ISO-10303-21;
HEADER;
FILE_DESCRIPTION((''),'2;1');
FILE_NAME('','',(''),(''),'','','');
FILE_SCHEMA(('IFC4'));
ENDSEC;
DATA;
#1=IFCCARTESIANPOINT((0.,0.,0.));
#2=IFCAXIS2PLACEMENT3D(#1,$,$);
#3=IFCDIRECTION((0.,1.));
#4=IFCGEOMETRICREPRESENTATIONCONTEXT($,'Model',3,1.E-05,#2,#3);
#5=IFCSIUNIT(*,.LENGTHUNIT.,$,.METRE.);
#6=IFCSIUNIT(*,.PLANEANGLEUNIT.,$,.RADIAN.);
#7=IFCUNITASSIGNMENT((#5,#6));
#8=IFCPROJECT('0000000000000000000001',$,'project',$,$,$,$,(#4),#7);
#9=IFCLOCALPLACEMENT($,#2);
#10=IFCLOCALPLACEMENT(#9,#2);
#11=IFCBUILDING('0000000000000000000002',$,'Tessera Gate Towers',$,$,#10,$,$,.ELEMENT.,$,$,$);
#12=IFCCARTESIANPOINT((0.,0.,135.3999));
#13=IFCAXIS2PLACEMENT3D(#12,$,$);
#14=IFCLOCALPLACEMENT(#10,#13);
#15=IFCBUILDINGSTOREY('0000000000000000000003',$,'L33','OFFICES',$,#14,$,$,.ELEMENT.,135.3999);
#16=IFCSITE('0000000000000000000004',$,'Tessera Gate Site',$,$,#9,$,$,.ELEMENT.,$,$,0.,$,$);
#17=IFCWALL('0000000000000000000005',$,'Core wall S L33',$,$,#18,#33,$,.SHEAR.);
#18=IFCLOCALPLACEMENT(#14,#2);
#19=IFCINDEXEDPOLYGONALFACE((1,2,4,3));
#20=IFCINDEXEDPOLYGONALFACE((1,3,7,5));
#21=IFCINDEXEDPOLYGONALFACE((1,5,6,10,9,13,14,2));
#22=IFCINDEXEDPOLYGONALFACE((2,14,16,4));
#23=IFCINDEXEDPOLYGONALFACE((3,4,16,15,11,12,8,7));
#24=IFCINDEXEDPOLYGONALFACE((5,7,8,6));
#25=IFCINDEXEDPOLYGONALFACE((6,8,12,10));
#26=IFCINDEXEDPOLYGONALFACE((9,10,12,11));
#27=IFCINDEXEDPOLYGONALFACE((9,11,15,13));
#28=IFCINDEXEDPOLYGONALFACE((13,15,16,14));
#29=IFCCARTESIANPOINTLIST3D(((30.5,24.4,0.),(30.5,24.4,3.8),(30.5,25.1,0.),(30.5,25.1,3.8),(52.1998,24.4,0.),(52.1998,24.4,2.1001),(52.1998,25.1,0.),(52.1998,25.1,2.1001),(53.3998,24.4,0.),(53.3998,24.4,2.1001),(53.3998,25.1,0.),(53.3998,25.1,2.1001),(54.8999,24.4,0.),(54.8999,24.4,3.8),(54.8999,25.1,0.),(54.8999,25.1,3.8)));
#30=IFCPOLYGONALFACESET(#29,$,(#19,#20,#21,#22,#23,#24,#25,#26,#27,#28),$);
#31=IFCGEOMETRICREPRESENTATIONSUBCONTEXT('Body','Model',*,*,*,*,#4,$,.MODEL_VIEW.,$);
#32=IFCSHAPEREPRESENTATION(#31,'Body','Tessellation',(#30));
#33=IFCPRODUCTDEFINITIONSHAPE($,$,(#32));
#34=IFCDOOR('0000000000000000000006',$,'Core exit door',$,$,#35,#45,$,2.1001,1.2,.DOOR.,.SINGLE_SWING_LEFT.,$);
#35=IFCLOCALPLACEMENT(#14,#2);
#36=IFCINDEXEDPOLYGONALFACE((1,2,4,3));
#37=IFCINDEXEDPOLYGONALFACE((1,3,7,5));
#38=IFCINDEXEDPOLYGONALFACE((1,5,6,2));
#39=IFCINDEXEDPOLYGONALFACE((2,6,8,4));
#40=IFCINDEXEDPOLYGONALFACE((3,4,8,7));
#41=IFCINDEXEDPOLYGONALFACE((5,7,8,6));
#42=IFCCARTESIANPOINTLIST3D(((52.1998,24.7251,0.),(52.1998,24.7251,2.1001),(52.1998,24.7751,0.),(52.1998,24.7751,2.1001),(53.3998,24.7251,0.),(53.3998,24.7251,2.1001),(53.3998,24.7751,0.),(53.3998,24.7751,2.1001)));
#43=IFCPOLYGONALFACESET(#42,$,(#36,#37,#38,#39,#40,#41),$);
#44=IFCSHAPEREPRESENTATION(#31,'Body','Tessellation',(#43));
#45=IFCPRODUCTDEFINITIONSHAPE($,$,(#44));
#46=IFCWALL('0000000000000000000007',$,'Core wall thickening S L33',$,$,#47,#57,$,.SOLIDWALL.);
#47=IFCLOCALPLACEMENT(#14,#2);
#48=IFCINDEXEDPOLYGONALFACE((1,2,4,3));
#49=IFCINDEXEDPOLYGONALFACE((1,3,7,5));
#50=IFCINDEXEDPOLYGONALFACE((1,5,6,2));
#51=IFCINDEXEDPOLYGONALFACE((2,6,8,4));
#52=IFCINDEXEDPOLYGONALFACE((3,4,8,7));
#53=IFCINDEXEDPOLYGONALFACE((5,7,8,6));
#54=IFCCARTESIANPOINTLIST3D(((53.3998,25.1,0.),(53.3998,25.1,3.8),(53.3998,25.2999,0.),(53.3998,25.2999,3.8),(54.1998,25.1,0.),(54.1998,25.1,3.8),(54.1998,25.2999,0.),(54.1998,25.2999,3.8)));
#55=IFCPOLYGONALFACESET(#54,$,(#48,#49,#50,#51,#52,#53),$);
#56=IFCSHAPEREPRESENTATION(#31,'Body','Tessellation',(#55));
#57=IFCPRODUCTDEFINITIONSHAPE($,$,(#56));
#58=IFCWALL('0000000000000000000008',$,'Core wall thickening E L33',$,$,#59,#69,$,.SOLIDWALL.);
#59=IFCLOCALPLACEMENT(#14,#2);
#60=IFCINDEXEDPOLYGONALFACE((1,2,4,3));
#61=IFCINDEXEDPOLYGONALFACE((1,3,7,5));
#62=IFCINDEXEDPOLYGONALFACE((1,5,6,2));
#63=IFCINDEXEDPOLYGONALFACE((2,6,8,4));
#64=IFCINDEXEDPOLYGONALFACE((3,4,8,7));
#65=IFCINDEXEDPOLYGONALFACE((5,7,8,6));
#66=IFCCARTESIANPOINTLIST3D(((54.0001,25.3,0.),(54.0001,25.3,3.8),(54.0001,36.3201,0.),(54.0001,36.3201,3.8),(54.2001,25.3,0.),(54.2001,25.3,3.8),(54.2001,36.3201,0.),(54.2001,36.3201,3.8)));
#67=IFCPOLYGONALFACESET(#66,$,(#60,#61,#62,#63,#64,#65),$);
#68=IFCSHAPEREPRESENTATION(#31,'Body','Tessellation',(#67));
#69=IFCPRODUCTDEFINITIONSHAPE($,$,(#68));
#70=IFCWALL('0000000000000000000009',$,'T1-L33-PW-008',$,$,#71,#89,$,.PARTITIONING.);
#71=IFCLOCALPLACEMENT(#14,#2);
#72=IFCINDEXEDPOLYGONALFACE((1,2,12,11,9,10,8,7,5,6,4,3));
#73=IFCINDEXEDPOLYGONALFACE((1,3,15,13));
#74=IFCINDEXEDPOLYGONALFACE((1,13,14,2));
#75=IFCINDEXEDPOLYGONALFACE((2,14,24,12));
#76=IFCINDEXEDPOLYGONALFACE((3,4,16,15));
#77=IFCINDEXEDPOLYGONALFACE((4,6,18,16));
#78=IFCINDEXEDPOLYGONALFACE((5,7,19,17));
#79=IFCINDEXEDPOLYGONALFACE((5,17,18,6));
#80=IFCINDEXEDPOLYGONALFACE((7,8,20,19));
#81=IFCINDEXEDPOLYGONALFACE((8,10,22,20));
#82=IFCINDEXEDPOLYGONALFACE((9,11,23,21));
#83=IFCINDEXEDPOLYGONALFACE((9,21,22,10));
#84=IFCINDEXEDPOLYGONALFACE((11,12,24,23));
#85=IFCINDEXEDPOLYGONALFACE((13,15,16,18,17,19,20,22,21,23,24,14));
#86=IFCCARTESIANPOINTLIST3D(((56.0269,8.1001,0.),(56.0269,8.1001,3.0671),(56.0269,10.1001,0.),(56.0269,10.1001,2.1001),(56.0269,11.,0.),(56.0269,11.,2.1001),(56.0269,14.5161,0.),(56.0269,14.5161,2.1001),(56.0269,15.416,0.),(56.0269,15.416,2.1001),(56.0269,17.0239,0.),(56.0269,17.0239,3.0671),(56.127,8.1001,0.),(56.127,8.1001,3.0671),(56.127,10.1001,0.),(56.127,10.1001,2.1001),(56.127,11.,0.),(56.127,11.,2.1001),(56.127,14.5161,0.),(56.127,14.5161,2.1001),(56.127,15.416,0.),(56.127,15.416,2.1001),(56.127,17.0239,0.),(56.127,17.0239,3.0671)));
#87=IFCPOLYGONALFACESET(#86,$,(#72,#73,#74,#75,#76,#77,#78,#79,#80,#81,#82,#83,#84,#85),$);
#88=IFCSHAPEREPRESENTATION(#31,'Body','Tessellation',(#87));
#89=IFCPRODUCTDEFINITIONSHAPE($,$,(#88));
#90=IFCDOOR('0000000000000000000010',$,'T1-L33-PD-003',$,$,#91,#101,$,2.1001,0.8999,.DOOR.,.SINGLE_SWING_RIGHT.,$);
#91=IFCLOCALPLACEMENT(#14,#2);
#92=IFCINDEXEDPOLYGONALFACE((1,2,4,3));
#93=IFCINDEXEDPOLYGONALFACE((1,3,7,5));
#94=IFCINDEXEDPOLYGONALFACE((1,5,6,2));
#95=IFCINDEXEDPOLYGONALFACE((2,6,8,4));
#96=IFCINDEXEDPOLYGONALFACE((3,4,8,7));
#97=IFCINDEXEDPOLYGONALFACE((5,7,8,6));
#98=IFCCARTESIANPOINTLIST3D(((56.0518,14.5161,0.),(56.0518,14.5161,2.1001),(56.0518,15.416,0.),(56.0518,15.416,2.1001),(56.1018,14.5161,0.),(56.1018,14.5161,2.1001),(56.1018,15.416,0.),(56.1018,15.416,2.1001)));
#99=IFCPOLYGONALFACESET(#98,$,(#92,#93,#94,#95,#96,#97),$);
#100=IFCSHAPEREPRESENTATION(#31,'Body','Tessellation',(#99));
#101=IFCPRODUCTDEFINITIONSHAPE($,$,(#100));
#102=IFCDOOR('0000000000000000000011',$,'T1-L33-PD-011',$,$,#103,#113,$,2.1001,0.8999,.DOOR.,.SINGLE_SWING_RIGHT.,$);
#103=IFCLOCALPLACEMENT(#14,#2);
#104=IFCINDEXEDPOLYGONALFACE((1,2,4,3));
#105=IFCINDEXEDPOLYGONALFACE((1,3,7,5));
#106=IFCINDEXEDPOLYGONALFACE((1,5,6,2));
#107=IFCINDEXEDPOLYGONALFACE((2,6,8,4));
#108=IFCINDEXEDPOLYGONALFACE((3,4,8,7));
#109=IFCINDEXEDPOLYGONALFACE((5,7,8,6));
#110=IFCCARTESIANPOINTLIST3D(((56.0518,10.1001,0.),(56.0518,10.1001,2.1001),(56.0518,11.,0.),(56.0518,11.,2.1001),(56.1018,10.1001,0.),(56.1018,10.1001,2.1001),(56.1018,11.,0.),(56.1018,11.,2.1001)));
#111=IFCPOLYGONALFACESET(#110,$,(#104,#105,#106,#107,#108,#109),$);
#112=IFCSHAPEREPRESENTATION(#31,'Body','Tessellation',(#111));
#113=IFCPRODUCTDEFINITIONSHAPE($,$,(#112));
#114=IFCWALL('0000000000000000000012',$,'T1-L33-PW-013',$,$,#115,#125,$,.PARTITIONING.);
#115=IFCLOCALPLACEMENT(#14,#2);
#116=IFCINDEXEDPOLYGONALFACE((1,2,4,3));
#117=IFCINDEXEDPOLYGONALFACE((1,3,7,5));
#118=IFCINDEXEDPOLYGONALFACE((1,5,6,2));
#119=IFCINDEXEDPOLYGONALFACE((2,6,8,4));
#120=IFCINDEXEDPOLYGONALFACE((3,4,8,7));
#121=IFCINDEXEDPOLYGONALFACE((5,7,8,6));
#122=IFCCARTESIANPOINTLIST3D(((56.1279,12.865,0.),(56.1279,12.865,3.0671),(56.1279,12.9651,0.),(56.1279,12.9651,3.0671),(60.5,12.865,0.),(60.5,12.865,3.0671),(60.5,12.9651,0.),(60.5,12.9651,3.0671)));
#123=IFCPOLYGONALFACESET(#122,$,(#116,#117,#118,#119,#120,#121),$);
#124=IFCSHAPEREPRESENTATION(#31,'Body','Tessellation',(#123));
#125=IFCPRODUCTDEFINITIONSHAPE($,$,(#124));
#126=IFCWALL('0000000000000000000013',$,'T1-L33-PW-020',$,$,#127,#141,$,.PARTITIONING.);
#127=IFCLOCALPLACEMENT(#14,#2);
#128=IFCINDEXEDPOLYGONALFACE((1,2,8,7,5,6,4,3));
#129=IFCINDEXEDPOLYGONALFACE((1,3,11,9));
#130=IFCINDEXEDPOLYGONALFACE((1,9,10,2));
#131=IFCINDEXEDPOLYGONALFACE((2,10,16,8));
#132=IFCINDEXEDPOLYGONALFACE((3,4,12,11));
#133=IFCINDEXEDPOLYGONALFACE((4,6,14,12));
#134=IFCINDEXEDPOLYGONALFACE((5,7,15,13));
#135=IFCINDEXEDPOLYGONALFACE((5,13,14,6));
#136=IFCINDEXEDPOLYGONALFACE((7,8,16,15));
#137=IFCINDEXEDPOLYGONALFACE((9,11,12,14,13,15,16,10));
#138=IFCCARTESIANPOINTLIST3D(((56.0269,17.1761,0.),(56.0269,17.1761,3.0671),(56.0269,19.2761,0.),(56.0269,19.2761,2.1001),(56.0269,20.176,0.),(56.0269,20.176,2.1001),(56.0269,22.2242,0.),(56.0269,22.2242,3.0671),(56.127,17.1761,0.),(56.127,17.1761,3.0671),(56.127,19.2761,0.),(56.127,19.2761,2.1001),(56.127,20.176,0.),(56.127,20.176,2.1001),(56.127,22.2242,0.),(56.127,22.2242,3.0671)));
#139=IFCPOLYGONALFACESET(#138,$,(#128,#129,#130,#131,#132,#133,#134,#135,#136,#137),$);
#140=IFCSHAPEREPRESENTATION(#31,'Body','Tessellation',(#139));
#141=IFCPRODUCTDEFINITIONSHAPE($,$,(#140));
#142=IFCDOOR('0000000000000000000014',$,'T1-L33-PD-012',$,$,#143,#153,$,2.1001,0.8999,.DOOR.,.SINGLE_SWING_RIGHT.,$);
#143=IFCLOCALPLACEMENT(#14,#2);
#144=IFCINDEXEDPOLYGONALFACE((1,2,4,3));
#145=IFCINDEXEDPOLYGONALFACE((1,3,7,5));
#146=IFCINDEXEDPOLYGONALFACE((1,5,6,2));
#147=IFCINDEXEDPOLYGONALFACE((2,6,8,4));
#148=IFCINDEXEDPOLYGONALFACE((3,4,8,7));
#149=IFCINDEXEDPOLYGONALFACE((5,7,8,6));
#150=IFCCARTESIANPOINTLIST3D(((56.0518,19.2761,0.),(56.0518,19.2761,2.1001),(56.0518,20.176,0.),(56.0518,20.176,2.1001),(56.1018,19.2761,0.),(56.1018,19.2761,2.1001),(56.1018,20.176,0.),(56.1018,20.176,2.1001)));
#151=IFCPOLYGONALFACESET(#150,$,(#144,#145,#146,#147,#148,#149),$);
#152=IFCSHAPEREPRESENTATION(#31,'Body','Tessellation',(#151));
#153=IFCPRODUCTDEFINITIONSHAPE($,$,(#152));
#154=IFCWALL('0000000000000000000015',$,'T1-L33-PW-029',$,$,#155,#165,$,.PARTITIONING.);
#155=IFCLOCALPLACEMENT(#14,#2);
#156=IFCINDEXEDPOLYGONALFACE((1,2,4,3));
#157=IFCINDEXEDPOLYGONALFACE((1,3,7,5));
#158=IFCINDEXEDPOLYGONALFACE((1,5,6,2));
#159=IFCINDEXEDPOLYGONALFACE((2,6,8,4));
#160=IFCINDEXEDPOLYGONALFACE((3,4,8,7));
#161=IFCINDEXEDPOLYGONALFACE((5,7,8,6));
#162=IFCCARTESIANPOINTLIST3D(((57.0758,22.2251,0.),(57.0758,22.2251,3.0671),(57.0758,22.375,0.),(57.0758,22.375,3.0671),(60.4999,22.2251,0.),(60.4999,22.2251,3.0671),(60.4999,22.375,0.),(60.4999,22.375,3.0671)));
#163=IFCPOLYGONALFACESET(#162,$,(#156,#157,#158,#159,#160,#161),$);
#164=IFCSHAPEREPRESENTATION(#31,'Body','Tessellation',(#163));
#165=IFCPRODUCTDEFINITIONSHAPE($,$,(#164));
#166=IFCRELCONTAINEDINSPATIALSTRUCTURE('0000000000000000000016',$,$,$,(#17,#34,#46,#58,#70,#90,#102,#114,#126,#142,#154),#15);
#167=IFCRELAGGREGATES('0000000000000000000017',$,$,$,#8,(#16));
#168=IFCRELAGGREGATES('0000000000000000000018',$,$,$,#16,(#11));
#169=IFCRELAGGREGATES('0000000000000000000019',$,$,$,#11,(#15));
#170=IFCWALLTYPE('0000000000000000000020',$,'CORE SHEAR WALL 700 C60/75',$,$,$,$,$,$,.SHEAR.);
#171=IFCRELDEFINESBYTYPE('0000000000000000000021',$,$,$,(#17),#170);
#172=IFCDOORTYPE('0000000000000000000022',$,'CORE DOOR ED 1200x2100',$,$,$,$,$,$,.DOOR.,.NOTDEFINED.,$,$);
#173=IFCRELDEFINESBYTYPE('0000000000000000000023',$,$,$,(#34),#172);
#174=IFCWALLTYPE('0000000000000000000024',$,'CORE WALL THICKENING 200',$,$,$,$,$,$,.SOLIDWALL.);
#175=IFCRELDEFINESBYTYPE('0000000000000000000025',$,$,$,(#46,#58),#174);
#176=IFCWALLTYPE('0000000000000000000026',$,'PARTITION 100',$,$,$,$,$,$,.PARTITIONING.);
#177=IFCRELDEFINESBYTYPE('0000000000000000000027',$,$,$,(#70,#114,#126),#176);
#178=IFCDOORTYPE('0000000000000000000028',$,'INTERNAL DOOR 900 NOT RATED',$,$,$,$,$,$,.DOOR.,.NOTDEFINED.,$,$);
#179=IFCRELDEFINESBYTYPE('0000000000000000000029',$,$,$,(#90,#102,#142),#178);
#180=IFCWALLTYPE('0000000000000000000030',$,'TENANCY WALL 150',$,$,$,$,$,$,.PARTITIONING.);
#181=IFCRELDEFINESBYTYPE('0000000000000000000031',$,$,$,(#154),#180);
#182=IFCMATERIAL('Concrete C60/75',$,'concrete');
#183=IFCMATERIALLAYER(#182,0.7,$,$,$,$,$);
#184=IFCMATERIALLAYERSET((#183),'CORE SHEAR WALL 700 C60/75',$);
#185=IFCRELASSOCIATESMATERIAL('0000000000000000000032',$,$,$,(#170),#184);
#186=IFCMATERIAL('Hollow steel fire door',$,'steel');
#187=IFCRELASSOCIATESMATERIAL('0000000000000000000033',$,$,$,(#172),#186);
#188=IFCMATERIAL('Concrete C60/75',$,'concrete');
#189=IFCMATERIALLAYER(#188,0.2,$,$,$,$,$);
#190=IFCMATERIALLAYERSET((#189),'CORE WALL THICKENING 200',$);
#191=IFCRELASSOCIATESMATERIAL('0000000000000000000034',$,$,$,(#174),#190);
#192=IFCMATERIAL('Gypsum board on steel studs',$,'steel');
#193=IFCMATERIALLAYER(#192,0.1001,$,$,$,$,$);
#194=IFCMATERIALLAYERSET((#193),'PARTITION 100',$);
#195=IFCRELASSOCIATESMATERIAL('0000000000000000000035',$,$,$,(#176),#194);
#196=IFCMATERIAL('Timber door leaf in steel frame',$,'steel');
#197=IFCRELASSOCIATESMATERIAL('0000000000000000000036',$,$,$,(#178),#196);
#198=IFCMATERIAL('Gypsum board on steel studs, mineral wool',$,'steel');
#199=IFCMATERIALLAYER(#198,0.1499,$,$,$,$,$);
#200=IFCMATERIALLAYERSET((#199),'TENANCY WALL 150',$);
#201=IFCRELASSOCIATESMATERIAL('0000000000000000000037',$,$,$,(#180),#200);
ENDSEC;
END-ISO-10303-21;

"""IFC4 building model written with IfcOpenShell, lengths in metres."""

from ifc_helpers import new_model, si_unit, direction, frame, frame_2d, origin, place, context, subcontext, project, spatial, rectangle, extrude, source, transform, mapped, material, layer, layer_set, type_object, element, fill, save


model = new_model("IFC4")

# Units and contexts
model_context = context("Model", 3, precision=1e-05, world=origin(), true_north=direction((0.0, 1.0)))
body_context = subcontext(model_context, "Body", "Model", "MODEL_VIEW")
ifc_project = project(units=[si_unit("LENGTHUNIT", "METRE"), si_unit("PLANEANGLEUNIT", "RADIAN")], contexts=[model_context])

# Site, building, storey
site_placement = place(None, origin())
site = spatial("IfcSite", under=ifc_project, at=site_placement, Name="Tessera Gate Site", CompositionType="ELEMENT", RefElevation=0.0)
building_placement = place(site_placement, origin())
building = spatial("IfcBuilding", under=site, at=building_placement, Name="Tessera Gate Towers", CompositionType="ELEMENT")
storey_placement = place(building_placement, frame((0.0, 0.0, 135.3999)))
storey = spatial("IfcBuildingStorey", under=building, at=storey_placement, Name="L33", Description="OFFICES", CompositionType="ELEMENT", Elevation=135.3999)

# Wall, opening, door
shared_shape_1 = source(origin(), body_context, "Body", "SweptSolid", [
    extrude(rectangle(XDim=1.2, YDim=2.1001, at=frame_2d((0.6001, 1.05))), frame((0.0, 0.0249, 0.0), z_axis=(0.0, -1.0, 0.0), x_axis=(1.0, 0.0, 0.0)), (0.0, 0.0, 1.0), 0.05),
])
ifc_material_1 = material(Name="Concrete C60/75", Category="concrete")
ifc_layer_1 = layer(ifc_material_1, 0.7)
ifc_layer_set_1 = layer_set([ifc_layer_1], Name="CORE SHEAR WALL 700 C60/75")
wall_type_1 = type_object("IfcWallType", Name="CORE SHEAR WALL 700 C60/75", PredefinedType="SHEAR", material=ifc_layer_set_1)
wall_1_placement = place(storey_placement, frame((54.8999, 24.75, 0.0), z_axis=(0.0, 0.0, 1.0), x_axis=(-1.0, 0.0, 0.0)))
wall_1 = element("IfcWall", 1, at=wall_1_placement, inside=storey, type_object=wall_type_1, Name="Core wall S L33", PredefinedType="SHEAR", context=body_context, shape_type="SweptSolid", body=[
    extrude(rectangle(XDim=24.3999, YDim=0.7, at=frame_2d((12.2, 0.0))), origin(), (0.0, 0.0, 1.0), 3.8),
])
shared_shape_2 = source(origin(), body_context, "Body", "SweptSolid", [
    extrude(rectangle(XDim=1.2, YDim=2.1001, at=frame_2d((0.6001, 1.05))), frame((0.0, 0.3599, 0.0), z_axis=(0.0, -1.0, 0.0), x_axis=(1.0, 0.0, 0.0)), (0.0, 0.0, 1.0), 0.72),
])
opening_1_placement = place(wall_1_placement, frame((1.5, 0.0, 0.0)))
opening_1 = element("IfcOpeningElement", 2, at=opening_1_placement, cuts=wall_1, PredefinedType="OPENING", context=body_context, shape_type="MappedRepresentation", body=[
    mapped(shared_shape_2, transform((0.0, 0.0, 0.0), scale=1.0)),
])
ifc_material_2 = material(Name="Hollow steel fire door", Category="steel")
door_type_1 = type_object("IfcDoorType", Name="CORE DOOR ED 1200x2100", OperationType="NOTDEFINED", PredefinedType="DOOR", material=ifc_material_2)
door_1_placement = place(opening_1_placement, origin())
door_1 = element("IfcDoor", 3, at=door_1_placement, inside=storey, type_object=door_type_1, Name="Core exit door", OperationType="SINGLE_SWING_LEFT", OverallHeight=2.1001, OverallWidth=1.2, PredefinedType="DOOR", context=body_context, shape_type="MappedRepresentation", body=[
    mapped(shared_shape_1, transform((0.0, 0.0, 0.0), scale=1.0)),
])
fill(opening_1, door_1)

# Walls
ifc_material_3 = material(Name="Concrete C60/75", Category="concrete")
ifc_layer_2 = layer(ifc_material_3, 0.2)
ifc_layer_set_2 = layer_set([ifc_layer_2], Name="CORE WALL THICKENING 200")
wall_type_2 = type_object("IfcWallType", Name="CORE WALL THICKENING 200", PredefinedType="SOLIDWALL", material=ifc_layer_set_2)
wall_2_placement = place(storey_placement, frame((53.3999, 25.2, 0.0), z_axis=(0.0, 0.0, 1.0), x_axis=(1.0, 0.0, 0.0)))
element("IfcWall", 4, at=wall_2_placement, inside=storey, type_object=wall_type_2, Name="Core wall thickening S L33", PredefinedType="SOLIDWALL", context=body_context, shape_type="SweptSolid", body=[
    extrude(rectangle(XDim=0.8, YDim=0.2, at=frame_2d((0.3999, 0.0))), origin(), (0.0, 0.0, 1.0), 3.8),
])
wall_3_placement = place(storey_placement, frame((54.1001, 25.3, 0.0), z_axis=(0.0, 0.0, 1.0), x_axis=(0.0, 1.0, 0.0)))
element("IfcWall", 5, at=wall_3_placement, inside=storey, type_object=wall_type_2, Name="Core wall thickening E L33", PredefinedType="SOLIDWALL", context=body_context, shape_type="SweptSolid", body=[
    extrude(rectangle(XDim=11.02, YDim=0.2, at=frame_2d((5.51, 0.0))), origin(), (0.0, 0.0, 1.0), 3.8),
])

# Wall, openings, doors
ifc_material_4 = material(Name="Gypsum board on steel studs", Category="steel")
ifc_layer_3 = layer(ifc_material_4, 0.1001)
ifc_layer_set_3 = layer_set([ifc_layer_3], Name="PARTITION 100")
wall_type_3 = type_object("IfcWallType", Name="PARTITION 100", PredefinedType="PARTITIONING", material=ifc_layer_set_3)
wall_4_placement = place(storey_placement, frame((56.0769, 17.0239, 0.0), z_axis=(0.0, 0.0, 1.0), x_axis=(0.0, -1.0, 0.0)))
wall_4 = element("IfcWall", 6, at=wall_4_placement, inside=storey, type_object=wall_type_3, Name="T1-L33-PW-008", PredefinedType="PARTITIONING", context=body_context, shape_type="SweptSolid", body=[
    extrude(rectangle(XDim=8.9238, YDim=0.1001, at=frame_2d((4.4619, 0.0))), origin(), (0.0, 0.0, 1.0), 3.0671),
])
shared_shape_3 = source(origin(), body_context, "Body", "SweptSolid", [
    extrude(rectangle(XDim=0.8999, YDim=2.1001, at=frame_2d((0.45, 1.05))), frame((0.0, 0.0601, 0.0), z_axis=(0.0, -1.0, 0.0), x_axis=(1.0, 0.0, 0.0)), (0.0, 0.0, 1.0), 0.1201),
])
opening_2_placement = place(wall_4_placement, frame((1.6079, 0.0, 0.0)))
opening_2 = element("IfcOpeningElement", 7, at=opening_2_placement, cuts=wall_4, PredefinedType="OPENING", context=body_context, shape_type="MappedRepresentation", body=[
    mapped(shared_shape_3, transform((0.0, 0.0, 0.0), scale=1.0)),
])
opening_3_placement = place(wall_4_placement, frame((6.0239, 0.0, 0.0)))
opening_3 = element("IfcOpeningElement", 8, at=opening_3_placement, cuts=wall_4, PredefinedType="OPENING", context=body_context, shape_type="MappedRepresentation", body=[
    mapped(shared_shape_3, transform((0.0, 0.0, 0.0), scale=1.0)),
])
ifc_material_5 = material(Name="Timber door leaf in steel frame", Category="steel")
door_type_2 = type_object("IfcDoorType", Name="INTERNAL DOOR 900 NOT RATED", OperationType="NOTDEFINED", PredefinedType="DOOR", material=ifc_material_5)
shared_shape_4 = source(origin(), body_context, "Body", "SweptSolid", [
    extrude(rectangle(XDim=0.8999, YDim=2.1001, at=frame_2d((0.45, 1.05))), frame((0.0, 0.0249, 0.0), z_axis=(0.0, -1.0, 0.0), x_axis=(1.0, 0.0, 0.0)), (0.0, 0.0, 1.0), 0.05),
])
door_2_placement = place(opening_2_placement, origin())
door_2 = element("IfcDoor", 9, at=door_2_placement, inside=storey, type_object=door_type_2, Name="T1-L33-PD-003", OperationType="SINGLE_SWING_RIGHT", OverallHeight=2.1001, OverallWidth=0.8999, PredefinedType="DOOR", context=body_context, shape_type="MappedRepresentation", body=[
    mapped(shared_shape_4, transform((0.0, 0.0, 0.0), scale=1.0)),
])
fill(opening_2, door_2)
door_3_placement = place(opening_3_placement, origin())
door_3 = element("IfcDoor", 10, at=door_3_placement, inside=storey, type_object=door_type_2, Name="T1-L33-PD-011", OperationType="SINGLE_SWING_RIGHT", OverallHeight=2.1001, OverallWidth=0.8999, PredefinedType="DOOR", context=body_context, shape_type="MappedRepresentation", body=[
    mapped(shared_shape_4, transform((0.0, 0.0, 0.0), scale=1.0)),
])
fill(opening_3, door_3)

# Wall
wall_5_placement = place(storey_placement, frame((56.1279, 12.915, 0.0), z_axis=(0.0, 0.0, 1.0), x_axis=(1.0, 0.0, 0.0)))
element("IfcWall", 11, at=wall_5_placement, inside=storey, type_object=wall_type_3, Name="T1-L33-PW-013", PredefinedType="PARTITIONING", context=body_context, shape_type="SweptSolid", body=[
    extrude(rectangle(XDim=4.3721, YDim=0.1001, at=frame_2d((2.186, 0.0))), origin(), (0.0, 0.0, 1.0), 3.0671),
])

# Wall, opening, door
wall_6_placement = place(storey_placement, frame((56.0769, 22.2241, 0.0), z_axis=(0.0, 0.0, 1.0), x_axis=(0.0, -1.0, 0.0)))
wall_6 = element("IfcWall", 12, at=wall_6_placement, inside=storey, type_object=wall_type_3, Name="T1-L33-PW-020", PredefinedType="PARTITIONING", context=body_context, shape_type="SweptSolid", body=[
    extrude(rectangle(XDim=5.0481, YDim=0.1001, at=frame_2d((2.5239, 0.0))), origin(), (0.0, 0.0, 1.0), 3.0671),
])
opening_4_placement = place(wall_6_placement, frame((2.0481, 0.0, 0.0)))
opening_4 = element("IfcOpeningElement", 13, at=opening_4_placement, cuts=wall_6, PredefinedType="OPENING", context=body_context, shape_type="MappedRepresentation", body=[
    mapped(shared_shape_3, transform((0.0, 0.0, 0.0), scale=1.0)),
])
door_4_placement = place(opening_4_placement, origin())
door_4 = element("IfcDoor", 14, at=door_4_placement, inside=storey, type_object=door_type_2, Name="T1-L33-PD-012", OperationType="SINGLE_SWING_RIGHT", OverallHeight=2.1001, OverallWidth=0.8999, PredefinedType="DOOR", context=body_context, shape_type="MappedRepresentation", body=[
    mapped(shared_shape_4, transform((0.0, 0.0, 0.0), scale=1.0)),
])
fill(opening_4, door_4)

# Wall
ifc_material_6 = material(Name="Gypsum board on steel studs, mineral wool", Category="steel")
ifc_layer_4 = layer(ifc_material_6, 0.1499)
ifc_layer_set_4 = layer_set([ifc_layer_4], Name="TENANCY WALL 150")
wall_type_4 = type_object("IfcWallType", Name="TENANCY WALL 150", PredefinedType="PARTITIONING", material=ifc_layer_set_4)
wall_7_placement = place(storey_placement, frame((57.0759, 22.3, 0.0), z_axis=(0.0, 0.0, 1.0), x_axis=(1.0, 0.0, 0.0)))
element("IfcWall", 15, at=wall_7_placement, inside=storey, type_object=wall_type_4, Name="T1-L33-PW-029", PredefinedType="PARTITIONING", context=body_context, shape_type="SweptSolid", body=[
    extrude(rectangle(XDim=3.4241, YDim=0.1499, at=frame_2d((1.7119, 0.0))), origin(), (0.0, 0.0, 1.0), 3.0671),
])

save(model, "model.ifc")
